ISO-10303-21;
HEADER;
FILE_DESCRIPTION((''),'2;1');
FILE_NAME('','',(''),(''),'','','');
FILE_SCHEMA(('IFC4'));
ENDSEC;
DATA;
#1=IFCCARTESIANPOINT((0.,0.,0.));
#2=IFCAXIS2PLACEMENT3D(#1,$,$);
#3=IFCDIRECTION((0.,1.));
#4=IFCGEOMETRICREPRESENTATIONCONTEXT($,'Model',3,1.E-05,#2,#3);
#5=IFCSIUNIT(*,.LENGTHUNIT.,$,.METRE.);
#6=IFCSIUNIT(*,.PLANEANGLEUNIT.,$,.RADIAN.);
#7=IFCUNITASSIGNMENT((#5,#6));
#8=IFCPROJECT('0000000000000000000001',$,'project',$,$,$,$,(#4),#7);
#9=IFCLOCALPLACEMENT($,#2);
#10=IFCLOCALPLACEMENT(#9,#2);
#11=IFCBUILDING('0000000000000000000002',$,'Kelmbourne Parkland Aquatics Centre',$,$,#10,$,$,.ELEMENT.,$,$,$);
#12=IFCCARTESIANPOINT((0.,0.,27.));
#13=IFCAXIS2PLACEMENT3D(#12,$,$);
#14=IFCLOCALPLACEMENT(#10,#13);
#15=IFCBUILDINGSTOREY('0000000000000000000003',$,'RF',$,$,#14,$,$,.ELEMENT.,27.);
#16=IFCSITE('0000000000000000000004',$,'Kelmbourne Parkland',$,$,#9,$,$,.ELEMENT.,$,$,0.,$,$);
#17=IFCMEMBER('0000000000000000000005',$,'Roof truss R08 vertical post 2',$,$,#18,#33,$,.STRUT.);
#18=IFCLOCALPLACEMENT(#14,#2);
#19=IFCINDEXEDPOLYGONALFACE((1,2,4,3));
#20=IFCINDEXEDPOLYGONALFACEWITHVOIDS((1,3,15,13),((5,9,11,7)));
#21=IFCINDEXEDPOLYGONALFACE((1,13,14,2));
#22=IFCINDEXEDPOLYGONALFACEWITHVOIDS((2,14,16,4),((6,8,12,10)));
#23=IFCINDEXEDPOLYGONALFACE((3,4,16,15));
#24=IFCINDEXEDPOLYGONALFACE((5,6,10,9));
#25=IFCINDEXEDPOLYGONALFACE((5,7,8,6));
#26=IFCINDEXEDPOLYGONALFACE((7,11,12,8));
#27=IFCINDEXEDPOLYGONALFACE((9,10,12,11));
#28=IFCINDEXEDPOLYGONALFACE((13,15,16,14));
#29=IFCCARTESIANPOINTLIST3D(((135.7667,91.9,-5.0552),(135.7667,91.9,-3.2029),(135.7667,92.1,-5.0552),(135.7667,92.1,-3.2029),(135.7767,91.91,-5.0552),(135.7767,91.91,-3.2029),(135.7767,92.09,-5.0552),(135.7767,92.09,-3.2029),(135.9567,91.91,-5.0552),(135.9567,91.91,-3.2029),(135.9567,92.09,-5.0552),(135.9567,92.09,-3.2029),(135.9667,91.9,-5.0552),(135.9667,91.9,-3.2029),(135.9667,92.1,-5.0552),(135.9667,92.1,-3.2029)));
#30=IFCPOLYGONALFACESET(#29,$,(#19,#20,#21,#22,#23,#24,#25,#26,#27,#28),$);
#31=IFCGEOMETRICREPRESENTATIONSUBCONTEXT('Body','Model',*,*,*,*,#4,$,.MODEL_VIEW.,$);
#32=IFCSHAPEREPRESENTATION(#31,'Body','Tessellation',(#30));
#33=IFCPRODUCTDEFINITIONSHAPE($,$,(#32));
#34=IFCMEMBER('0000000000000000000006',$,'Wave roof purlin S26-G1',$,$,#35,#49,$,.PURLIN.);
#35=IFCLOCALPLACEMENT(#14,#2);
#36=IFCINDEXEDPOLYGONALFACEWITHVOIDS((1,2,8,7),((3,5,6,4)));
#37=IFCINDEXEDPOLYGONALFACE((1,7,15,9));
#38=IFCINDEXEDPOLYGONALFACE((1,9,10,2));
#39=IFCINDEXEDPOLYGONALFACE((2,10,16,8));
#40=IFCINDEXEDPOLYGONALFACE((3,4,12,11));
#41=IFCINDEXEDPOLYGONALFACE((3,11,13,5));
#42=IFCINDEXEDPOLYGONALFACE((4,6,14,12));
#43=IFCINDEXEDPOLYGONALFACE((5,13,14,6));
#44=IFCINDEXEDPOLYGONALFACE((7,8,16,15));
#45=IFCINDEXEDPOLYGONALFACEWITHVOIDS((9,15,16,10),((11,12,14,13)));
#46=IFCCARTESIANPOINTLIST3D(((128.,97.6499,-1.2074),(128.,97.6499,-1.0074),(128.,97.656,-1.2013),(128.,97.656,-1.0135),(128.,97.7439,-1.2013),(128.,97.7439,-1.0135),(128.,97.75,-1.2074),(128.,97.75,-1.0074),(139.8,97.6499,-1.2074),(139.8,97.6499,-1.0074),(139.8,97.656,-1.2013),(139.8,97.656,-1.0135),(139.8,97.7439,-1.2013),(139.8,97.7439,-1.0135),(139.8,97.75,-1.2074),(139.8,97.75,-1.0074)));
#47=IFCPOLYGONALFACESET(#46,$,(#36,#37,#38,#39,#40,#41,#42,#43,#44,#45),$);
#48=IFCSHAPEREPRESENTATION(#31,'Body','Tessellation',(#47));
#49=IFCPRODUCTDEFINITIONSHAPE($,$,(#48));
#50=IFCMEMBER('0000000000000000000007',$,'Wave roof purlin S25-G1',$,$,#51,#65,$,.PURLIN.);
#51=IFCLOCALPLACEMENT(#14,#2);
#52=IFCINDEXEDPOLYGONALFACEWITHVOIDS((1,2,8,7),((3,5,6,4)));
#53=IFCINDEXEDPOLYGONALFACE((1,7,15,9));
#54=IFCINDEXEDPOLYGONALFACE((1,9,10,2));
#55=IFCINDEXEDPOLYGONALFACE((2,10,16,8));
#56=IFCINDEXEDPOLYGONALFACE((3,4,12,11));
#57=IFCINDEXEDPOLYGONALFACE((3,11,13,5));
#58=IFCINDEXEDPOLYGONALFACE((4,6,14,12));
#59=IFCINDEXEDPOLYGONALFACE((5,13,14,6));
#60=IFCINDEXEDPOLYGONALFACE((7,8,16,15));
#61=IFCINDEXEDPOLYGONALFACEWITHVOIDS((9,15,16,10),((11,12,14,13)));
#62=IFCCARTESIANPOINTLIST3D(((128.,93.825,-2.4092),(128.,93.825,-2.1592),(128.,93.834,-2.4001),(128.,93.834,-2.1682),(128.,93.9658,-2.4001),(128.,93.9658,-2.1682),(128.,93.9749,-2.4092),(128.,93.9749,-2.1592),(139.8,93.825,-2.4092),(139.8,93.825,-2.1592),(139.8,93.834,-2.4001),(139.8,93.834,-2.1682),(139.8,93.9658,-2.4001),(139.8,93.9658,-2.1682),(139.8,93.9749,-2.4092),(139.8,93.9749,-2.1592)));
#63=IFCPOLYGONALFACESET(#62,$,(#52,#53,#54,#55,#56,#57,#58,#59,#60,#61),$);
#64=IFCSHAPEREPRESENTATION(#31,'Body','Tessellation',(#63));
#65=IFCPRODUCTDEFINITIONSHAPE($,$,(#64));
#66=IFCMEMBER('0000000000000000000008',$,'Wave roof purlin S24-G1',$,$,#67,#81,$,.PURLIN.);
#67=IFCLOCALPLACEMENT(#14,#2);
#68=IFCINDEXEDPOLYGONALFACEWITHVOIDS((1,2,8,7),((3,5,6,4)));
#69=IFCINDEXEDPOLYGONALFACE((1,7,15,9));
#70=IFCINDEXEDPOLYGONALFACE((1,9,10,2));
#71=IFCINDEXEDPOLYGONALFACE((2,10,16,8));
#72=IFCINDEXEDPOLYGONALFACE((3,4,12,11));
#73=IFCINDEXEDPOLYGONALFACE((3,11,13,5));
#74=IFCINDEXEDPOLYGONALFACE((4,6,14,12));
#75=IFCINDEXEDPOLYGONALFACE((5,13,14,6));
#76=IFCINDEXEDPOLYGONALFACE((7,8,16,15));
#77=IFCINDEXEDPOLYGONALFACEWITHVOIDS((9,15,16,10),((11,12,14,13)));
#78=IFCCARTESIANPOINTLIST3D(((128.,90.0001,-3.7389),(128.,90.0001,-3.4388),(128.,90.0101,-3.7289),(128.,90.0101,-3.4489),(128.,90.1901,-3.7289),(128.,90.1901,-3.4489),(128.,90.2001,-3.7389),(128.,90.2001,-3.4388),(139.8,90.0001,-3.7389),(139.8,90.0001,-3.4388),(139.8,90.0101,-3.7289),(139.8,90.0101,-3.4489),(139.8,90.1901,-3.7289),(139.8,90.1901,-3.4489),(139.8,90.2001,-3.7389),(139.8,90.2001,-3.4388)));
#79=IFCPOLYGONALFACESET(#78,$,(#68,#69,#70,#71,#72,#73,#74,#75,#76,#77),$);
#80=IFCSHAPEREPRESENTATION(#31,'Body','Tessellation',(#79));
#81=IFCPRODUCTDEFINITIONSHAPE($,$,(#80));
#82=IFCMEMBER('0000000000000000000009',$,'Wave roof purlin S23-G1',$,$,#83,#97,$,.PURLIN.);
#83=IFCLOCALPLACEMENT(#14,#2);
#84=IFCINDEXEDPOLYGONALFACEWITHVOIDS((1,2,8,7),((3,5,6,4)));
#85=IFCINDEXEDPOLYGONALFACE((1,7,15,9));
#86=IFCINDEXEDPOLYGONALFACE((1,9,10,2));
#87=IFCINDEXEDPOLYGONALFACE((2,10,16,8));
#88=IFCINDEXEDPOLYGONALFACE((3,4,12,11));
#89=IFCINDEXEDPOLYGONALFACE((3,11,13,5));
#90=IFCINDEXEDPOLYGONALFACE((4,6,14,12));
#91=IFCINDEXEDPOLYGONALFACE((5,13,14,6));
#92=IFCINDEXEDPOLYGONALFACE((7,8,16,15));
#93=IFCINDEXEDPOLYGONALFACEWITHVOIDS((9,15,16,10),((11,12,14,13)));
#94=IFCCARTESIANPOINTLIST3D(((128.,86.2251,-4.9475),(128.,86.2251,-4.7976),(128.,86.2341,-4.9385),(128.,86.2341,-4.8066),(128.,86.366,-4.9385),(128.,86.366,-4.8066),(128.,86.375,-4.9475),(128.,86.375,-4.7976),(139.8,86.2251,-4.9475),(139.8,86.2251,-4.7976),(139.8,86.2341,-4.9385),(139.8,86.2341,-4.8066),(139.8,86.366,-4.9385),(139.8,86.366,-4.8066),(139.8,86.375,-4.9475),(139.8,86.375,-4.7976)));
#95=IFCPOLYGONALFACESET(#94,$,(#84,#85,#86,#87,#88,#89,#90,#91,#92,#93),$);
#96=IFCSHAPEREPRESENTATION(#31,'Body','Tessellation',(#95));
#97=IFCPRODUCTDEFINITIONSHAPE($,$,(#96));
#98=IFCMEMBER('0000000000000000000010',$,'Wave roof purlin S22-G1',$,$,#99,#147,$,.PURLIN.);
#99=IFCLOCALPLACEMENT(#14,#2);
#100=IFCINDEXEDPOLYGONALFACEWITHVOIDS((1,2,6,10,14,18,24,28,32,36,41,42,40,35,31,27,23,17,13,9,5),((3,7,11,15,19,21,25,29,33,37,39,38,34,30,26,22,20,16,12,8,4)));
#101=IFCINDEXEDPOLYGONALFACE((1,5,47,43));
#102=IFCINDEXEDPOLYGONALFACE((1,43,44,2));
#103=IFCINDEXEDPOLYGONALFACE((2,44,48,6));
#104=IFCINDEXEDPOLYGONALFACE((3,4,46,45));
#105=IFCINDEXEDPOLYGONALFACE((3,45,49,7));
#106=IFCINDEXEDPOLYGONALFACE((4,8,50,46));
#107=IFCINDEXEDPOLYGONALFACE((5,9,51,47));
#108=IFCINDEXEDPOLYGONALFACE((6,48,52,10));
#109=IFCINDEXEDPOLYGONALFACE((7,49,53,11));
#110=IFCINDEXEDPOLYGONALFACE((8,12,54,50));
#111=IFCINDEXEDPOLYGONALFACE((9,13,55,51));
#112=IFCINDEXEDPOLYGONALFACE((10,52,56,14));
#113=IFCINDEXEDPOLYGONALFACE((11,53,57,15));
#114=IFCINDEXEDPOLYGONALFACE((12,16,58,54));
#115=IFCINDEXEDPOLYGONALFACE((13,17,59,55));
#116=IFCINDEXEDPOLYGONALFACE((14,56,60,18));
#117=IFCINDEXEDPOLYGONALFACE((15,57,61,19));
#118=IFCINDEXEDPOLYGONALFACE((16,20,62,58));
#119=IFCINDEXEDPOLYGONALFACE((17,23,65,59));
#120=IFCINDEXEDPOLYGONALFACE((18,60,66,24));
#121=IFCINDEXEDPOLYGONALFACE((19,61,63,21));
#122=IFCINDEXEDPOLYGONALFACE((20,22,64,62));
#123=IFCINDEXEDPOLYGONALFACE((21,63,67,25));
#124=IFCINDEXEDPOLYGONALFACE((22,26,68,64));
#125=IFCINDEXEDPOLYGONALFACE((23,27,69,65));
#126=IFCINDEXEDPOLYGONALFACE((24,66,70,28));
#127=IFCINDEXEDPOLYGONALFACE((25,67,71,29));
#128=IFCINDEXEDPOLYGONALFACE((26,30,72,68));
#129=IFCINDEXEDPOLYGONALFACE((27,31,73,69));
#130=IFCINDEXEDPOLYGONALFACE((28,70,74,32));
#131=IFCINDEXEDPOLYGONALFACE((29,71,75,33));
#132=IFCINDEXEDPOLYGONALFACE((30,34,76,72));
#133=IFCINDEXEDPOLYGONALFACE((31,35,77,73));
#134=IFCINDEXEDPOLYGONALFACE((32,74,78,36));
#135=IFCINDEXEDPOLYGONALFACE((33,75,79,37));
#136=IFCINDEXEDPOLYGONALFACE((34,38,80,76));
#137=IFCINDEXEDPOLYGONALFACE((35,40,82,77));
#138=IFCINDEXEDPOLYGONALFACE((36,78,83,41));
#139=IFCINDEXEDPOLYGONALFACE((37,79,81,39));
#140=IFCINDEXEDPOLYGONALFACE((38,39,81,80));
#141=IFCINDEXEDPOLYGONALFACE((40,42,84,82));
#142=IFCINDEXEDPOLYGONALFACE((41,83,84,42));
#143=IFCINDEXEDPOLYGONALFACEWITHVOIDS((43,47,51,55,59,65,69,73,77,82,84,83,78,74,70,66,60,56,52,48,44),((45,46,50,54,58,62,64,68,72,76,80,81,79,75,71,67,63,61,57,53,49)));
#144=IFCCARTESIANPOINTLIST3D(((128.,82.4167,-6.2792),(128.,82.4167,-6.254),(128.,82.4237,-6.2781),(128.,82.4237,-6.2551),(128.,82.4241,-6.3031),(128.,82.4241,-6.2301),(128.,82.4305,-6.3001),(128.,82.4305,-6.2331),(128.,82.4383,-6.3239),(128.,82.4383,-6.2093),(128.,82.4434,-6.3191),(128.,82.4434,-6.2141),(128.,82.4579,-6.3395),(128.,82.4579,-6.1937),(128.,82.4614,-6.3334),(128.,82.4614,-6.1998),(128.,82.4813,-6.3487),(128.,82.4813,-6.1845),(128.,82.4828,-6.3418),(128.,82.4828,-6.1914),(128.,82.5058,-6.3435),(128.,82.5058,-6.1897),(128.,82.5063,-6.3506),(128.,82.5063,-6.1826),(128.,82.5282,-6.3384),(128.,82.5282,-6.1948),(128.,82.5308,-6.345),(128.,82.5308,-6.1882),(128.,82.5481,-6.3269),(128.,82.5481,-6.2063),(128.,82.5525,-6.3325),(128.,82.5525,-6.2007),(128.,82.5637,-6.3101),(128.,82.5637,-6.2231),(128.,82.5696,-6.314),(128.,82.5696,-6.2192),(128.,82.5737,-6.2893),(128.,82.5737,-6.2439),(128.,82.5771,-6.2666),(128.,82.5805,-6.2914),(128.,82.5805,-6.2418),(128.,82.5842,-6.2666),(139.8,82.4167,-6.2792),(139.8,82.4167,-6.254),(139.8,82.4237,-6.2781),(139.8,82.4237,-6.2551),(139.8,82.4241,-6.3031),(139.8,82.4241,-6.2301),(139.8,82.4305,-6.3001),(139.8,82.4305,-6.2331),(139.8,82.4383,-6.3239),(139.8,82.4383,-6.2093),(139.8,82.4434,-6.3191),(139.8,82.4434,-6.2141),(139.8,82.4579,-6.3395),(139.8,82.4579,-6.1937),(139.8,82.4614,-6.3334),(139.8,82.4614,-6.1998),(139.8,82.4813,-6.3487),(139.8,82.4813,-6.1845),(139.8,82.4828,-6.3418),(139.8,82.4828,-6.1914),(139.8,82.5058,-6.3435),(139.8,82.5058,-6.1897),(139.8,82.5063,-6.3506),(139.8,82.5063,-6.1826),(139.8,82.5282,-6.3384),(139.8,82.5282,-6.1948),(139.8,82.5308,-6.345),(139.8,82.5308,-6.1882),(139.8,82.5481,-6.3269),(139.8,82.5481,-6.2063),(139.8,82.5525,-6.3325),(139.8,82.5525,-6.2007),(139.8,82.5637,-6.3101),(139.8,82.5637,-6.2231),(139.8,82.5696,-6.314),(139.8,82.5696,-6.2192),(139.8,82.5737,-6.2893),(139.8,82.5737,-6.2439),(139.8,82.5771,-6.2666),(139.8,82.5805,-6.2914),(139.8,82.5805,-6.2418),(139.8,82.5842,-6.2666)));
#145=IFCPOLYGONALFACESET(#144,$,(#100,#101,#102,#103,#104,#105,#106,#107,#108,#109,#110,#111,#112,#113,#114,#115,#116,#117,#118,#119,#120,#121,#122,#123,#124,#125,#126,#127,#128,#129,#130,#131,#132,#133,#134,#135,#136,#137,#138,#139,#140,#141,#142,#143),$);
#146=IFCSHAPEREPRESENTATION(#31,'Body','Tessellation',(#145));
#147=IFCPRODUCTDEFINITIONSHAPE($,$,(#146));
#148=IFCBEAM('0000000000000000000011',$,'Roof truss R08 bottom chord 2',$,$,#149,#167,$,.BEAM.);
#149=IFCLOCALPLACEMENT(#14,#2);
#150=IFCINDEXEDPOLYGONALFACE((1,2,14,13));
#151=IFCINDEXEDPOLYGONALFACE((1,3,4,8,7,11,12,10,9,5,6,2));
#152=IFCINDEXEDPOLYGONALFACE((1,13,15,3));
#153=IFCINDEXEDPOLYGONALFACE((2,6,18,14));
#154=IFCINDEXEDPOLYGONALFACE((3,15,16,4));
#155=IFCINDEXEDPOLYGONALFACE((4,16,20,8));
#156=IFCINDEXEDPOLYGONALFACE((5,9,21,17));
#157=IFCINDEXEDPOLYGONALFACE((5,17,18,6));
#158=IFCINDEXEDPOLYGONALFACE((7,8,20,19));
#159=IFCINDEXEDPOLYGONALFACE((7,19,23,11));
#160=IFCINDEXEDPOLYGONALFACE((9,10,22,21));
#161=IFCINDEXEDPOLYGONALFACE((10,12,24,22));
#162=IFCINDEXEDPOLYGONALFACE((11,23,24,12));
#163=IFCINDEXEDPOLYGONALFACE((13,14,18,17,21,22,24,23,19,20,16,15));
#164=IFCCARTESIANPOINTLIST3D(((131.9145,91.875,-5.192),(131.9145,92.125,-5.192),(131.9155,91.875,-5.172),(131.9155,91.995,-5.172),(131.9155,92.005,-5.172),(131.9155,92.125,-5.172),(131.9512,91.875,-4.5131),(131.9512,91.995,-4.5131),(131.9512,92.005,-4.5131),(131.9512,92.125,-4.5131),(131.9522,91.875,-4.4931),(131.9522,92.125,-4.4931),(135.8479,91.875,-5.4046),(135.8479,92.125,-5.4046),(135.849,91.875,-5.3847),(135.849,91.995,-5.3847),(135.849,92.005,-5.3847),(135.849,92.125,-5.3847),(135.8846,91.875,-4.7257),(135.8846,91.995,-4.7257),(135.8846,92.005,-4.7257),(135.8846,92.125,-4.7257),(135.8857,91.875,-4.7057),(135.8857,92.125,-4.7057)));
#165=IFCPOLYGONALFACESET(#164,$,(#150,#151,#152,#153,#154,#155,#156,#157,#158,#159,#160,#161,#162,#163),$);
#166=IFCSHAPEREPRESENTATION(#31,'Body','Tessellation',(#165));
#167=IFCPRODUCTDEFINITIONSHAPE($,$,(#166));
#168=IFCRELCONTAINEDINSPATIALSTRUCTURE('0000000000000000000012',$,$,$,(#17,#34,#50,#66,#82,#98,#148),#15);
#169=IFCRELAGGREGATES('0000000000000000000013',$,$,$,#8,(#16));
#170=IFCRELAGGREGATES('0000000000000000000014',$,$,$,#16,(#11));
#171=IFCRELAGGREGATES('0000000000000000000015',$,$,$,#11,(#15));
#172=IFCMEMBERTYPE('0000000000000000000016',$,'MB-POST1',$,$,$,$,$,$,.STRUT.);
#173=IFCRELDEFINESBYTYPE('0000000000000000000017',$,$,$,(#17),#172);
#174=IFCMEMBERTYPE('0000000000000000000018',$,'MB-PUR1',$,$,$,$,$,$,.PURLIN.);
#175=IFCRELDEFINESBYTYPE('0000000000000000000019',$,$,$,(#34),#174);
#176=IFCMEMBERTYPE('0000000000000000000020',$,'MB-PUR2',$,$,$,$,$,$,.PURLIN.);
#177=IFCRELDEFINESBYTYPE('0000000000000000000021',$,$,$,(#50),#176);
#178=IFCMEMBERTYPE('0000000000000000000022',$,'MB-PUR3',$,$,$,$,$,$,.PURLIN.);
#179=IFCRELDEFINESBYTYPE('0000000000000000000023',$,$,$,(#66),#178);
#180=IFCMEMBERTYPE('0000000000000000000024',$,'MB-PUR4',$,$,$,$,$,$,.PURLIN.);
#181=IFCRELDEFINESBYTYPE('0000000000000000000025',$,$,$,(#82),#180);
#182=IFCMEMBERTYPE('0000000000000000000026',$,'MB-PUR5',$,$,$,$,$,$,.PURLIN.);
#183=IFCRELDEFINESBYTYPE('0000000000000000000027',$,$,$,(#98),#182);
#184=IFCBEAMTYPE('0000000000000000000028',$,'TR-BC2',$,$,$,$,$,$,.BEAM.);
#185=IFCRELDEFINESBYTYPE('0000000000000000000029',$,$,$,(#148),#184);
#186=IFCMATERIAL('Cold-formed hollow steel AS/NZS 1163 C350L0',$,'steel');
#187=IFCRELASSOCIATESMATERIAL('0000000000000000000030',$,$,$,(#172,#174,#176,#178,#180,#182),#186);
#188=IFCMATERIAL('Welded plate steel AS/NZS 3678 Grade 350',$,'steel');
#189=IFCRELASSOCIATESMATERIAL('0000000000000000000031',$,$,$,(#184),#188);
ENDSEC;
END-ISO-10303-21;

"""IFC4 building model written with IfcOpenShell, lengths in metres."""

from ifc_helpers import new_model, si_unit, direction, frame, origin, origin_2d, place, context, subcontext, project, spatial, hollow_rectangle, hollow_circle, i_section, extrude, material, material_profile, profile_set, type_object, element, save


model = new_model("IFC4")

# Units and contexts
model_context = context("Model", 3, precision=1e-05, world=origin(), true_north=direction((0.0, 1.0)))
body_context = subcontext(model_context, "Body", "Model", "MODEL_VIEW")
ifc_project = project(units=[si_unit("LENGTHUNIT", "METRE"), si_unit("PLANEANGLEUNIT", "RADIAN")], contexts=[model_context])

# Site, building, storey
site_placement = place(None, origin())
site = spatial("IfcSite", under=ifc_project, at=site_placement, Name="Kelmbourne Parkland", CompositionType="ELEMENT", RefElevation=0.0)
building_placement = place(site_placement, origin())
building = spatial("IfcBuilding", under=site, at=building_placement, Name="Kelmbourne Parkland Aquatics Centre", CompositionType="ELEMENT")
storey_placement = place(building_placement, frame((0.0, 0.0, 27.0)))
storey = spatial("IfcBuildingStorey", under=building, at=storey_placement, Name="RF", CompositionType="ELEMENT", Elevation=27.0)

# Members
ifc_material_1 = material(Name="Cold-formed hollow steel AS/NZS 1163 C350L0", Category="steel")
ifc_material_profile_1 = material_profile(ifc_material_1, hollow_rectangle(XDim=0.2, YDim=0.2, WallThickness=0.01, at=origin_2d()), Name="SHS 200x200x10.0")
ifc_profile_set_1 = profile_set([ifc_material_profile_1], Name="Cold-formed hollow steel AS/NZS 1163 C350L0")
member_type_1 = type_object("IfcMemberType", Name="MB-POST1", PredefinedType="STRUT", material=ifc_profile_set_1)
member_1_placement = place(storey_placement, frame((135.8667, 92.0, -5.0552), z_axis=(0.0, 0.0, 1.0), x_axis=(1.0, 0.0, 0.0)))
element("IfcMember", 1, at=member_1_placement, inside=storey, type_object=member_type_1, Name="Roof truss R08 vertical post 2", PredefinedType="STRUT", context=body_context, shape_type="SweptSolid", body=[
    extrude(hollow_rectangle(XDim=0.2, YDim=0.2, WallThickness=0.01, at=origin_2d()), origin(), (0.0, 0.0, 1.0), 1.8523),
])
ifc_material_profile_2 = material_profile(ifc_material_1, hollow_rectangle(XDim=0.1001, YDim=0.2, WallThickness=0.0061, at=origin_2d()), Name="RHS 200x100x6.0")
ifc_profile_set_2 = profile_set([ifc_material_profile_2], Name="Cold-formed hollow steel AS/NZS 1163 C350L0")
member_type_2 = type_object("IfcMemberType", Name="MB-PUR1", PredefinedType="PURLIN", material=ifc_profile_set_2)
member_2_placement = place(storey_placement, frame((128.0, 97.7, -1.1074), z_axis=(1.0, 0.0, 0.0), x_axis=(0.0, 1.0, 0.0)))
element("IfcMember", 2, at=member_2_placement, inside=storey, type_object=member_type_2, Name="Wave roof purlin S26-G1", PredefinedType="PURLIN", context=body_context, shape_type="SweptSolid", body=[
    extrude(hollow_rectangle(XDim=0.1001, YDim=0.2, WallThickness=0.0061, at=origin_2d()), origin(), (0.0, 0.0, 1.0), 11.8),
])
ifc_material_profile_3 = material_profile(ifc_material_1, hollow_rectangle(XDim=0.1499, YDim=0.25, WallThickness=0.009, at=origin_2d()), Name="RHS 250x150x9.0")
ifc_profile_set_3 = profile_set([ifc_material_profile_3], Name="Cold-formed hollow steel AS/NZS 1163 C350L0")
member_type_3 = type_object("IfcMemberType", Name="MB-PUR2", PredefinedType="PURLIN", material=ifc_profile_set_3)
member_3_placement = place(storey_placement, frame((128.0, 93.8999, -2.2842), z_axis=(1.0, 0.0, 0.0), x_axis=(0.0, 1.0, 0.0)))
element("IfcMember", 3, at=member_3_placement, inside=storey, type_object=member_type_3, Name="Wave roof purlin S25-G1", PredefinedType="PURLIN", context=body_context, shape_type="SweptSolid", body=[
    extrude(hollow_rectangle(XDim=0.1499, YDim=0.25, WallThickness=0.009, at=origin_2d()), origin(), (0.0, 0.0, 1.0), 11.8),
])
ifc_material_profile_4 = material_profile(ifc_material_1, hollow_rectangle(XDim=0.2, YDim=0.3, WallThickness=0.01, at=origin_2d()), Name="RHS 300x200x10.0")
ifc_profile_set_4 = profile_set([ifc_material_profile_4], Name="Cold-formed hollow steel AS/NZS 1163 C350L0")
member_type_4 = type_object("IfcMemberType", Name="MB-PUR3", PredefinedType="PURLIN", material=ifc_profile_set_4)
member_4_placement = place(storey_placement, frame((128.0, 90.1001, -3.5889), z_axis=(1.0, 0.0, 0.0), x_axis=(0.0, 1.0, 0.0)))
element("IfcMember", 4, at=member_4_placement, inside=storey, type_object=member_type_4, Name="Wave roof purlin S24-G1", PredefinedType="PURLIN", context=body_context, shape_type="SweptSolid", body=[
    extrude(hollow_rectangle(XDim=0.2, YDim=0.3, WallThickness=0.01, at=origin_2d()), origin(), (0.0, 0.0, 1.0), 11.8),
])
ifc_material_profile_5 = material_profile(ifc_material_1, hollow_rectangle(XDim=0.1499, YDim=0.1499, WallThickness=0.009, at=origin_2d()), Name="SHS 150x150x9.0")
ifc_profile_set_5 = profile_set([ifc_material_profile_5], Name="Cold-formed hollow steel AS/NZS 1163 C350L0")
member_type_5 = type_object("IfcMemberType", Name="MB-PUR4", PredefinedType="PURLIN", material=ifc_profile_set_5)
member_5_placement = place(storey_placement, frame((128.0, 86.3, -4.8726), z_axis=(1.0, 0.0, 0.0), x_axis=(0.0, 1.0, 0.0)))
element("IfcMember", 5, at=member_5_placement, inside=storey, type_object=member_type_5, Name="Wave roof purlin S23-G1", PredefinedType="PURLIN", context=body_context, shape_type="SweptSolid", body=[
    extrude(hollow_rectangle(XDim=0.1499, YDim=0.1499, WallThickness=0.009, at=origin_2d()), origin(), (0.0, 0.0, 1.0), 11.8),
])
ifc_material_profile_6 = material_profile(ifc_material_1, hollow_circle(Radius=0.0842, WallThickness=0.0071, at=origin_2d()), Name="CHS 168.3x7.1")
ifc_profile_set_6 = profile_set([ifc_material_profile_6], Name="Cold-formed hollow steel AS/NZS 1163 C350L0")
member_type_6 = type_object("IfcMemberType", Name="MB-PUR5", PredefinedType="PURLIN", material=ifc_profile_set_6)
member_6_placement = place(storey_placement, frame((128.0, 82.5, -6.2666), z_axis=(1.0, 0.0, 0.0), x_axis=(0.0, 1.0, 0.0)))
element("IfcMember", 6, at=member_6_placement, inside=storey, type_object=member_type_6, Name="Wave roof purlin S22-G1", PredefinedType="PURLIN", context=body_context, shape_type="SweptSolid", body=[
    extrude(hollow_circle(Radius=0.0842, WallThickness=0.0071, at=origin_2d()), origin(), (0.0, 0.0, 1.0), 11.8),
])

# Beam
ifc_material_2 = material(Name="Welded plate steel AS/NZS 3678 Grade 350", Category="steel")
ifc_material_profile_7 = material_profile(ifc_material_2, i_section(OverallWidth=0.25, OverallDepth=0.7, WebThickness=0.01, FlangeThickness=0.02, at=origin_2d()), Name="700WB130")
ifc_profile_set_7 = profile_set([ifc_material_profile_7], Name="Welded plate steel AS/NZS 3678 Grade 350")
beam_type_1 = type_object("IfcBeamType", Name="TR-BC2", PredefinedType="BEAM", material=ifc_profile_set_7)
beam_1_placement = place(storey_placement, frame((131.9333, 92.0, -4.8425), z_axis=(0.998542, 0.0, -0.053984), x_axis=(0.0, 1.0, 0.0)))
element("IfcBeam", 7, at=beam_1_placement, inside=storey, type_object=beam_type_1, Name="Roof truss R08 bottom chord 2", PredefinedType="BEAM", context=body_context, shape_type="SweptSolid", body=[
    extrude(i_section(OverallWidth=0.25, OverallDepth=0.7, WebThickness=0.01, FlangeThickness=0.02, at=origin_2d()), origin(), (0.0, 0.0, 1.0), 3.9392),
])

save(model, "model.ifc")
